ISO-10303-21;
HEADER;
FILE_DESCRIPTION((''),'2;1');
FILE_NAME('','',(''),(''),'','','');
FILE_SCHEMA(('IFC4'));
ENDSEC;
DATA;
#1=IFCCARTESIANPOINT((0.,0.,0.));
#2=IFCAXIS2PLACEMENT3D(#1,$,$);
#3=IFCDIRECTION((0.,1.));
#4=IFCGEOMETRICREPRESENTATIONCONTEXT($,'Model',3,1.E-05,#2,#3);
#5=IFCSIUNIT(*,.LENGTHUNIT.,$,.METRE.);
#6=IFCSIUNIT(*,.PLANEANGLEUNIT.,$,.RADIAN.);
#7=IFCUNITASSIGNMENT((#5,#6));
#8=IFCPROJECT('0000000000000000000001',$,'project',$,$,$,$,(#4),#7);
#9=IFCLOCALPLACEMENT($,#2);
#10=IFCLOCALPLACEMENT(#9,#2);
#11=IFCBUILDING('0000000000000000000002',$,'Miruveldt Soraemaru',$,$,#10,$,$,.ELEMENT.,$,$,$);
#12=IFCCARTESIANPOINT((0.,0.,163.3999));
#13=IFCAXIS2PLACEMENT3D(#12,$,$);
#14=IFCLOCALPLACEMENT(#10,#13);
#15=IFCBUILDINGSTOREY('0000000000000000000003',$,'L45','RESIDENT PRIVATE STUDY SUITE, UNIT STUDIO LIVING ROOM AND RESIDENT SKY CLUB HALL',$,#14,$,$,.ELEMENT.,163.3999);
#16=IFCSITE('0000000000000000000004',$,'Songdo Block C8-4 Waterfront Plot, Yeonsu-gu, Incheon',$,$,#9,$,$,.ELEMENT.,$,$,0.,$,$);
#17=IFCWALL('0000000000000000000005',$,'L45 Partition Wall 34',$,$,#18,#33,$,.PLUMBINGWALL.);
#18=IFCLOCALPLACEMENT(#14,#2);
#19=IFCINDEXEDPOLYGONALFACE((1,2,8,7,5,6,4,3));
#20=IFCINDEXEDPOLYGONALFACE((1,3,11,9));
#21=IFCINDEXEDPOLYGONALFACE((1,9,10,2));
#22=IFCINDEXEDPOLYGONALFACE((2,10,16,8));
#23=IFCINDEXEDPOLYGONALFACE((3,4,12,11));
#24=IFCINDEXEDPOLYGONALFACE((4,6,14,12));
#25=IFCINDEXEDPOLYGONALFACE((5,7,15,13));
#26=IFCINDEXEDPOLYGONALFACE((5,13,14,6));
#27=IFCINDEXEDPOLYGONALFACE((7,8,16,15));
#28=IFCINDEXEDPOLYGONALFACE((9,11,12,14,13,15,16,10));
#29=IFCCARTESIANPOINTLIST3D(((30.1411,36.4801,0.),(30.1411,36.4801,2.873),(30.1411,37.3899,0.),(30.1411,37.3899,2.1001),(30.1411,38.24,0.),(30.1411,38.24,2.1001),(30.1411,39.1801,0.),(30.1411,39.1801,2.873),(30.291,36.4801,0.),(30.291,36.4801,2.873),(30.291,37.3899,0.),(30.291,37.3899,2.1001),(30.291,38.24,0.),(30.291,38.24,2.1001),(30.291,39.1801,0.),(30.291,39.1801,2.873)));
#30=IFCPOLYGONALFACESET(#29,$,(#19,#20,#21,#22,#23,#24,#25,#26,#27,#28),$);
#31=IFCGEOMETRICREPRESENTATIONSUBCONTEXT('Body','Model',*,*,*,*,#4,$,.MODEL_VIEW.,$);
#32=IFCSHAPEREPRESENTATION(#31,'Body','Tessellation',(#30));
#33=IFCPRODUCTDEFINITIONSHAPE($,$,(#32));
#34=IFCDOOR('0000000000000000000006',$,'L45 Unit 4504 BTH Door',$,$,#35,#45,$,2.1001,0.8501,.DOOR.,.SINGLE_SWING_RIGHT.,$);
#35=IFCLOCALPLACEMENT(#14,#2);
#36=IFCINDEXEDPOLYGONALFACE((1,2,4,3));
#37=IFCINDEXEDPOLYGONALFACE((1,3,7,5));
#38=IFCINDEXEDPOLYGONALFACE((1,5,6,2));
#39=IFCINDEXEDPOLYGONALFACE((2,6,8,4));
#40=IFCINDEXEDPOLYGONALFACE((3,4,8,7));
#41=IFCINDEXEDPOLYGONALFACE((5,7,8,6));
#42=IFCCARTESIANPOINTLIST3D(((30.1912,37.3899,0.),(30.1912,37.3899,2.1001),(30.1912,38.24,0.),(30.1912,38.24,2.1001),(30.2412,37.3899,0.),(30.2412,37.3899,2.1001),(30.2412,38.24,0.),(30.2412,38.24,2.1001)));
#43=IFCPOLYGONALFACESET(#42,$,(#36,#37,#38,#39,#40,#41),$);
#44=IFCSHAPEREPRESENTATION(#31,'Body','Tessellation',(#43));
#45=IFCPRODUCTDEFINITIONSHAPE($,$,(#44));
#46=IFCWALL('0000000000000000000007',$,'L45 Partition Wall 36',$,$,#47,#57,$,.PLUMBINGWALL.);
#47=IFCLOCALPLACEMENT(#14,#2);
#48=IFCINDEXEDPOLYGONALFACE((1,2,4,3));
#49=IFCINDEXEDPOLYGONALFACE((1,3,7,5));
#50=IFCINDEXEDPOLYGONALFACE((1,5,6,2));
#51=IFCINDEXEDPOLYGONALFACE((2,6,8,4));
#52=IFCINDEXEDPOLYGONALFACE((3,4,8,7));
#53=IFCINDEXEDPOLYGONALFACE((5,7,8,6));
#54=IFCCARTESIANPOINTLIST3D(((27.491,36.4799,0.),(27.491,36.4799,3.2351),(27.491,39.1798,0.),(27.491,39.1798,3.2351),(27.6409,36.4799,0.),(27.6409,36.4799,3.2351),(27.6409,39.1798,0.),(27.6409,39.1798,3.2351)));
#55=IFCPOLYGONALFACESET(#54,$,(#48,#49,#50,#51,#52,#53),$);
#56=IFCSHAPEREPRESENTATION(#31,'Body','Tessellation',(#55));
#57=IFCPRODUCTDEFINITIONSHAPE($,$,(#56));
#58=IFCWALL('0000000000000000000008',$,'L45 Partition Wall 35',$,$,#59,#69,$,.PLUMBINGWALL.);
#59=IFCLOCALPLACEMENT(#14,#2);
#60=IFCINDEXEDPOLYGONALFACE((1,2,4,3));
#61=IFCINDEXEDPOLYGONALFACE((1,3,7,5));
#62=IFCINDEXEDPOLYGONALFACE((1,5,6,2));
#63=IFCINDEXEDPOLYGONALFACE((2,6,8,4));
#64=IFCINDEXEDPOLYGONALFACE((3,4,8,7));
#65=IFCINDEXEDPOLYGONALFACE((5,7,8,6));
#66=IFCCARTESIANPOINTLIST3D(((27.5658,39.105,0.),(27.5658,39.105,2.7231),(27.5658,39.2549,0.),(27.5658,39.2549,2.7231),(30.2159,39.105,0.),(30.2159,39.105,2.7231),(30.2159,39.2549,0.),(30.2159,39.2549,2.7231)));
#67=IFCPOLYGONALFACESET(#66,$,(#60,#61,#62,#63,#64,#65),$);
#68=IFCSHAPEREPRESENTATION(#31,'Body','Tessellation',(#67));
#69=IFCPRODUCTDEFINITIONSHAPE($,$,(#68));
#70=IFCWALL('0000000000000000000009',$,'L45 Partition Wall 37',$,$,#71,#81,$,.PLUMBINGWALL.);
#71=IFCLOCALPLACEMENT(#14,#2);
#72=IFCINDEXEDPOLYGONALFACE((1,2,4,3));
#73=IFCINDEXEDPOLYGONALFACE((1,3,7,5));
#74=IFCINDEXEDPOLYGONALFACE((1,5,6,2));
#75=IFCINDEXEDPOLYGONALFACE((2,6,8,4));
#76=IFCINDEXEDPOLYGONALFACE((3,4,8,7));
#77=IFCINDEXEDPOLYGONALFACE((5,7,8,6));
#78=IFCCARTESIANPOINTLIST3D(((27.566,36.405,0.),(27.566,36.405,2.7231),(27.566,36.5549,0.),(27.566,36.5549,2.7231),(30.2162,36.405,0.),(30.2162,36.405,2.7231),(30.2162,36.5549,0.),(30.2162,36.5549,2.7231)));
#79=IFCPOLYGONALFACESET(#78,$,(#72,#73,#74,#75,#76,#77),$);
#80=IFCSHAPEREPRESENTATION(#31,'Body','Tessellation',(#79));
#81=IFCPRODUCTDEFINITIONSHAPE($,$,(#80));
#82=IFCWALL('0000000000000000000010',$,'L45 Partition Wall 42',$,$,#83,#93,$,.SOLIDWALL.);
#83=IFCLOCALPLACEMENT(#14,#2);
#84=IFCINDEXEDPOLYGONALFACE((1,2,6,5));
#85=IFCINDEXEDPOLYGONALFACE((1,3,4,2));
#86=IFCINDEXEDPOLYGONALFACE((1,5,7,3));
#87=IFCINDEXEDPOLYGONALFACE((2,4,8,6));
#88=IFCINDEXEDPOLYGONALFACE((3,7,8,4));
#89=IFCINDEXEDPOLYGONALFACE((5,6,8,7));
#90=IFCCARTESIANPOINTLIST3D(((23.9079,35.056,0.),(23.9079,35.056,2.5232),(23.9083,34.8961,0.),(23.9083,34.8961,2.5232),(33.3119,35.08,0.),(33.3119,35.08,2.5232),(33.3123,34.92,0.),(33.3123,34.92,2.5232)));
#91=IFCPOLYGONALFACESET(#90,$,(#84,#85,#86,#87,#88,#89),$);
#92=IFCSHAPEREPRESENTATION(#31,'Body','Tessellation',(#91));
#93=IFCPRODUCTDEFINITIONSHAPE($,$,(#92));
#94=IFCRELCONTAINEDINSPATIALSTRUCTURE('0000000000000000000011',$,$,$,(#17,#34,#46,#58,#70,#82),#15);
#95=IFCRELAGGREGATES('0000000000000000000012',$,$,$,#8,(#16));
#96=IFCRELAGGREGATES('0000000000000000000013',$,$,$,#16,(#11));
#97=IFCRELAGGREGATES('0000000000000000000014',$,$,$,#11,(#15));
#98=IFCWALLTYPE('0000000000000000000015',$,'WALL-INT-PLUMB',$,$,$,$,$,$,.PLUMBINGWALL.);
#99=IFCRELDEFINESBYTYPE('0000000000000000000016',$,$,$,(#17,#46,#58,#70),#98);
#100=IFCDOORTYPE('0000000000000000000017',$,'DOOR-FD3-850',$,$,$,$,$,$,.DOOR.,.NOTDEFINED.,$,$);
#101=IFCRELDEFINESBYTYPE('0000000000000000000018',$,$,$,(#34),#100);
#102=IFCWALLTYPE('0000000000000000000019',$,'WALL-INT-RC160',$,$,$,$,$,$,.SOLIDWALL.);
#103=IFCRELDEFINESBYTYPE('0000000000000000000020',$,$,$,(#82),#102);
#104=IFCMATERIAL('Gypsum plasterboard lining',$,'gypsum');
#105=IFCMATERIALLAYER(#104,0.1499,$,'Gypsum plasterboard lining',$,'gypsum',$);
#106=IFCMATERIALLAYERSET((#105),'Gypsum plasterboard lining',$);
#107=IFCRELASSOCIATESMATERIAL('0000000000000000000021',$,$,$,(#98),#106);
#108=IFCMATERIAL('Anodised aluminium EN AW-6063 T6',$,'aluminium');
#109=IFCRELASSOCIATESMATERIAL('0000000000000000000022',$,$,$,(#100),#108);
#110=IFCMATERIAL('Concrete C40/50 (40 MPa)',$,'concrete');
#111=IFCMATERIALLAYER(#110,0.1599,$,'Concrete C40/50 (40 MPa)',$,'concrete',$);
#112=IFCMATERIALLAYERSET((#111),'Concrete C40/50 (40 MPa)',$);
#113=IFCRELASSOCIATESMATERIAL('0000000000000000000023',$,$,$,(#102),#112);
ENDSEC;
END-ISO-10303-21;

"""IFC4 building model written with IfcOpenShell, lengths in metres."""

from ifc_helpers import new_model, si_unit, direction, frame, frame_2d, origin, place, context, subcontext, project, spatial, rectangle, extrude, material, layer, layer_set, type_object, element, fill, save


model = new_model("IFC4")

# Units and contexts
model_context = context("Model", 3, precision=1e-05, world=origin(), true_north=direction((0.0, 1.0)))
body_context = subcontext(model_context, "Body", "Model", "MODEL_VIEW")
ifc_project = project(units=[si_unit("LENGTHUNIT", "METRE"), si_unit("PLANEANGLEUNIT", "RADIAN")], contexts=[model_context])

# Site, building, storey
site_placement = place(None, origin())
site = spatial("IfcSite", under=ifc_project, at=site_placement, Name="Songdo Block C8-4 Waterfront Plot, Yeonsu-gu, Incheon", CompositionType="ELEMENT", RefElevation=0.0)
building_placement = place(site_placement, origin())
building = spatial("IfcBuilding", under=site, at=building_placement, Name="Miruveldt Soraemaru", CompositionType="ELEMENT")
storey_placement = place(building_placement, frame((0.0, 0.0, 163.3999)))
storey = spatial("IfcBuildingStorey", under=building, at=storey_placement, Name="L45", Description="RESIDENT PRIVATE STUDY SUITE, UNIT STUDIO LIVING ROOM AND RESIDENT SKY CLUB HALL", CompositionType="ELEMENT", Elevation=163.3999)

# Shared definitions
ifc_material_1 = material(Name="Gypsum plasterboard lining", Category="gypsum")
ifc_material_2 = material(Name="Anodised aluminium EN AW-6063 T6", Category="aluminium")

# Wall, opening, door
ifc_layer_1 = layer(ifc_material_1, 0.1499, Name="Gypsum plasterboard lining", Category="gypsum")
ifc_layer_set_1 = layer_set([ifc_layer_1], Name="Gypsum plasterboard lining")
wall_type_1 = type_object("IfcWallType", Name="WALL-INT-PLUMB", PredefinedType="PLUMBINGWALL", material=ifc_layer_set_1)
wall_1_placement = place(storey_placement, frame((30.2161, 36.48, 0.0), z_axis=(0.0, 0.0, 1.0), x_axis=(0.0, 1.0, 0.0)))
wall_1 = element("IfcWall", 1, at=wall_1_placement, inside=storey, type_object=wall_type_1, Name="L45 Partition Wall 34", PredefinedType="PLUMBINGWALL", context=body_context, shape_type="SweptSolid", body=[
    extrude(rectangle(XDim=2.7, YDim=0.1499, at=frame_2d((1.3501, 0.0))), origin(), (0.0, 0.0, 1.0), 2.873),
])
opening_1_placement = place(wall_1_placement, frame((0.9099, 0.0, 0.0)))
opening_1 = element("IfcOpeningElement", 2, at=opening_1_placement, cuts=wall_1, PredefinedType="OPENING", context=body_context, shape_type="SweptSolid", body=[
    extrude(rectangle(XDim=0.8501, YDim=2.1001, at=frame_2d((0.425, 1.05))), frame((0.0, 0.085, 0.0), z_axis=(0.0, -1.0, 0.0), x_axis=(1.0, 0.0, 0.0)), (0.0, 0.0, 1.0), 0.1699),
])
door_type_1 = type_object("IfcDoorType", Name="DOOR-FD3-850", OperationType="NOTDEFINED", PredefinedType="DOOR", material=ifc_material_2)
door_1_placement = place(opening_1_placement, origin())
door_1 = element("IfcDoor", 3, at=door_1_placement, inside=storey, type_object=door_type_1, Name="L45 Unit 4504 BTH Door", OperationType="SINGLE_SWING_RIGHT", OverallHeight=2.1001, OverallWidth=0.8501, PredefinedType="DOOR", context=body_context, shape_type="SweptSolid", body=[
    extrude(rectangle(XDim=0.8501, YDim=2.1001, at=frame_2d((0.425, 1.05))), frame((0.0, 0.0249, 0.0), z_axis=(0.0, -1.0, 0.0), x_axis=(1.0, 0.0, 0.0)), (0.0, 0.0, 1.0), 0.05),
])
fill(opening_1, door_1)

# Walls
wall_2_placement = place(storey_placement, frame((27.5659, 39.1799, 0.0), z_axis=(0.0, 0.0, 1.0), x_axis=(0.0, -1.0, 0.0)))
element("IfcWall", 4, at=wall_2_placement, inside=storey, type_object=wall_type_1, Name="L45 Partition Wall 36", PredefinedType="PLUMBINGWALL", context=body_context, shape_type="SweptSolid", body=[
    extrude(rectangle(XDim=2.7, YDim=0.1499, at=frame_2d((1.3501, 0.0))), origin(), (0.0, 0.0, 1.0), 3.2351),
])
for number, where, z_axis, x_axis, name in (
    (5, (30.2161, 39.1799, 0.0), (0.0, 0.0, 1.0), (-1.0, 0.0, 0.0), "L45 Partition Wall 35"),
    (6, (27.5659, 36.48, 0.0), (0.0, 0.0, 1.0), (1.0, 0.0, 0.0), "L45 Partition Wall 37"),
):
    element("IfcWall", number, at=place(storey_placement, frame(where, z_axis=z_axis, x_axis=x_axis)), inside=storey, type_object=wall_type_1, Name=name, PredefinedType="PLUMBINGWALL", context=body_context, shape_type="SweptSolid", body=[
        extrude(rectangle(XDim=2.6501, YDim=0.1499, at=frame_2d((1.3252, 0.0))), origin(), (0.0, 0.0, 1.0), 2.7231),
    ])
ifc_material_3 = material(Name="Concrete C40/50 (40 MPa)", Category="concrete")
ifc_layer_2 = layer(ifc_material_3, 0.1599, Name="Concrete C40/50 (40 MPa)", Category="concrete")
ifc_layer_set_2 = layer_set([ifc_layer_2], Name="Concrete C40/50 (40 MPa)")
wall_type_2 = type_object("IfcWallType", Name="WALL-INT-RC160", PredefinedType="SOLIDWALL", material=ifc_layer_set_2)
wall_3_placement = place(storey_placement, frame((23.908, 34.9761, 0.0), z_axis=(0.0, 0.0, 1.0), x_axis=(0.999997, 0.002544, 0.0)))
element("IfcWall", 7, at=wall_3_placement, inside=storey, type_object=wall_type_2, Name="L45 Partition Wall 42", PredefinedType="SOLIDWALL", context=body_context, shape_type="SweptSolid", body=[
    extrude(rectangle(XDim=9.4041, YDim=0.1599, at=frame_2d((4.7021, 0.0))), origin(), (0.0, 0.0, 1.0), 2.5232),
])

save(model, "model.ifc")
